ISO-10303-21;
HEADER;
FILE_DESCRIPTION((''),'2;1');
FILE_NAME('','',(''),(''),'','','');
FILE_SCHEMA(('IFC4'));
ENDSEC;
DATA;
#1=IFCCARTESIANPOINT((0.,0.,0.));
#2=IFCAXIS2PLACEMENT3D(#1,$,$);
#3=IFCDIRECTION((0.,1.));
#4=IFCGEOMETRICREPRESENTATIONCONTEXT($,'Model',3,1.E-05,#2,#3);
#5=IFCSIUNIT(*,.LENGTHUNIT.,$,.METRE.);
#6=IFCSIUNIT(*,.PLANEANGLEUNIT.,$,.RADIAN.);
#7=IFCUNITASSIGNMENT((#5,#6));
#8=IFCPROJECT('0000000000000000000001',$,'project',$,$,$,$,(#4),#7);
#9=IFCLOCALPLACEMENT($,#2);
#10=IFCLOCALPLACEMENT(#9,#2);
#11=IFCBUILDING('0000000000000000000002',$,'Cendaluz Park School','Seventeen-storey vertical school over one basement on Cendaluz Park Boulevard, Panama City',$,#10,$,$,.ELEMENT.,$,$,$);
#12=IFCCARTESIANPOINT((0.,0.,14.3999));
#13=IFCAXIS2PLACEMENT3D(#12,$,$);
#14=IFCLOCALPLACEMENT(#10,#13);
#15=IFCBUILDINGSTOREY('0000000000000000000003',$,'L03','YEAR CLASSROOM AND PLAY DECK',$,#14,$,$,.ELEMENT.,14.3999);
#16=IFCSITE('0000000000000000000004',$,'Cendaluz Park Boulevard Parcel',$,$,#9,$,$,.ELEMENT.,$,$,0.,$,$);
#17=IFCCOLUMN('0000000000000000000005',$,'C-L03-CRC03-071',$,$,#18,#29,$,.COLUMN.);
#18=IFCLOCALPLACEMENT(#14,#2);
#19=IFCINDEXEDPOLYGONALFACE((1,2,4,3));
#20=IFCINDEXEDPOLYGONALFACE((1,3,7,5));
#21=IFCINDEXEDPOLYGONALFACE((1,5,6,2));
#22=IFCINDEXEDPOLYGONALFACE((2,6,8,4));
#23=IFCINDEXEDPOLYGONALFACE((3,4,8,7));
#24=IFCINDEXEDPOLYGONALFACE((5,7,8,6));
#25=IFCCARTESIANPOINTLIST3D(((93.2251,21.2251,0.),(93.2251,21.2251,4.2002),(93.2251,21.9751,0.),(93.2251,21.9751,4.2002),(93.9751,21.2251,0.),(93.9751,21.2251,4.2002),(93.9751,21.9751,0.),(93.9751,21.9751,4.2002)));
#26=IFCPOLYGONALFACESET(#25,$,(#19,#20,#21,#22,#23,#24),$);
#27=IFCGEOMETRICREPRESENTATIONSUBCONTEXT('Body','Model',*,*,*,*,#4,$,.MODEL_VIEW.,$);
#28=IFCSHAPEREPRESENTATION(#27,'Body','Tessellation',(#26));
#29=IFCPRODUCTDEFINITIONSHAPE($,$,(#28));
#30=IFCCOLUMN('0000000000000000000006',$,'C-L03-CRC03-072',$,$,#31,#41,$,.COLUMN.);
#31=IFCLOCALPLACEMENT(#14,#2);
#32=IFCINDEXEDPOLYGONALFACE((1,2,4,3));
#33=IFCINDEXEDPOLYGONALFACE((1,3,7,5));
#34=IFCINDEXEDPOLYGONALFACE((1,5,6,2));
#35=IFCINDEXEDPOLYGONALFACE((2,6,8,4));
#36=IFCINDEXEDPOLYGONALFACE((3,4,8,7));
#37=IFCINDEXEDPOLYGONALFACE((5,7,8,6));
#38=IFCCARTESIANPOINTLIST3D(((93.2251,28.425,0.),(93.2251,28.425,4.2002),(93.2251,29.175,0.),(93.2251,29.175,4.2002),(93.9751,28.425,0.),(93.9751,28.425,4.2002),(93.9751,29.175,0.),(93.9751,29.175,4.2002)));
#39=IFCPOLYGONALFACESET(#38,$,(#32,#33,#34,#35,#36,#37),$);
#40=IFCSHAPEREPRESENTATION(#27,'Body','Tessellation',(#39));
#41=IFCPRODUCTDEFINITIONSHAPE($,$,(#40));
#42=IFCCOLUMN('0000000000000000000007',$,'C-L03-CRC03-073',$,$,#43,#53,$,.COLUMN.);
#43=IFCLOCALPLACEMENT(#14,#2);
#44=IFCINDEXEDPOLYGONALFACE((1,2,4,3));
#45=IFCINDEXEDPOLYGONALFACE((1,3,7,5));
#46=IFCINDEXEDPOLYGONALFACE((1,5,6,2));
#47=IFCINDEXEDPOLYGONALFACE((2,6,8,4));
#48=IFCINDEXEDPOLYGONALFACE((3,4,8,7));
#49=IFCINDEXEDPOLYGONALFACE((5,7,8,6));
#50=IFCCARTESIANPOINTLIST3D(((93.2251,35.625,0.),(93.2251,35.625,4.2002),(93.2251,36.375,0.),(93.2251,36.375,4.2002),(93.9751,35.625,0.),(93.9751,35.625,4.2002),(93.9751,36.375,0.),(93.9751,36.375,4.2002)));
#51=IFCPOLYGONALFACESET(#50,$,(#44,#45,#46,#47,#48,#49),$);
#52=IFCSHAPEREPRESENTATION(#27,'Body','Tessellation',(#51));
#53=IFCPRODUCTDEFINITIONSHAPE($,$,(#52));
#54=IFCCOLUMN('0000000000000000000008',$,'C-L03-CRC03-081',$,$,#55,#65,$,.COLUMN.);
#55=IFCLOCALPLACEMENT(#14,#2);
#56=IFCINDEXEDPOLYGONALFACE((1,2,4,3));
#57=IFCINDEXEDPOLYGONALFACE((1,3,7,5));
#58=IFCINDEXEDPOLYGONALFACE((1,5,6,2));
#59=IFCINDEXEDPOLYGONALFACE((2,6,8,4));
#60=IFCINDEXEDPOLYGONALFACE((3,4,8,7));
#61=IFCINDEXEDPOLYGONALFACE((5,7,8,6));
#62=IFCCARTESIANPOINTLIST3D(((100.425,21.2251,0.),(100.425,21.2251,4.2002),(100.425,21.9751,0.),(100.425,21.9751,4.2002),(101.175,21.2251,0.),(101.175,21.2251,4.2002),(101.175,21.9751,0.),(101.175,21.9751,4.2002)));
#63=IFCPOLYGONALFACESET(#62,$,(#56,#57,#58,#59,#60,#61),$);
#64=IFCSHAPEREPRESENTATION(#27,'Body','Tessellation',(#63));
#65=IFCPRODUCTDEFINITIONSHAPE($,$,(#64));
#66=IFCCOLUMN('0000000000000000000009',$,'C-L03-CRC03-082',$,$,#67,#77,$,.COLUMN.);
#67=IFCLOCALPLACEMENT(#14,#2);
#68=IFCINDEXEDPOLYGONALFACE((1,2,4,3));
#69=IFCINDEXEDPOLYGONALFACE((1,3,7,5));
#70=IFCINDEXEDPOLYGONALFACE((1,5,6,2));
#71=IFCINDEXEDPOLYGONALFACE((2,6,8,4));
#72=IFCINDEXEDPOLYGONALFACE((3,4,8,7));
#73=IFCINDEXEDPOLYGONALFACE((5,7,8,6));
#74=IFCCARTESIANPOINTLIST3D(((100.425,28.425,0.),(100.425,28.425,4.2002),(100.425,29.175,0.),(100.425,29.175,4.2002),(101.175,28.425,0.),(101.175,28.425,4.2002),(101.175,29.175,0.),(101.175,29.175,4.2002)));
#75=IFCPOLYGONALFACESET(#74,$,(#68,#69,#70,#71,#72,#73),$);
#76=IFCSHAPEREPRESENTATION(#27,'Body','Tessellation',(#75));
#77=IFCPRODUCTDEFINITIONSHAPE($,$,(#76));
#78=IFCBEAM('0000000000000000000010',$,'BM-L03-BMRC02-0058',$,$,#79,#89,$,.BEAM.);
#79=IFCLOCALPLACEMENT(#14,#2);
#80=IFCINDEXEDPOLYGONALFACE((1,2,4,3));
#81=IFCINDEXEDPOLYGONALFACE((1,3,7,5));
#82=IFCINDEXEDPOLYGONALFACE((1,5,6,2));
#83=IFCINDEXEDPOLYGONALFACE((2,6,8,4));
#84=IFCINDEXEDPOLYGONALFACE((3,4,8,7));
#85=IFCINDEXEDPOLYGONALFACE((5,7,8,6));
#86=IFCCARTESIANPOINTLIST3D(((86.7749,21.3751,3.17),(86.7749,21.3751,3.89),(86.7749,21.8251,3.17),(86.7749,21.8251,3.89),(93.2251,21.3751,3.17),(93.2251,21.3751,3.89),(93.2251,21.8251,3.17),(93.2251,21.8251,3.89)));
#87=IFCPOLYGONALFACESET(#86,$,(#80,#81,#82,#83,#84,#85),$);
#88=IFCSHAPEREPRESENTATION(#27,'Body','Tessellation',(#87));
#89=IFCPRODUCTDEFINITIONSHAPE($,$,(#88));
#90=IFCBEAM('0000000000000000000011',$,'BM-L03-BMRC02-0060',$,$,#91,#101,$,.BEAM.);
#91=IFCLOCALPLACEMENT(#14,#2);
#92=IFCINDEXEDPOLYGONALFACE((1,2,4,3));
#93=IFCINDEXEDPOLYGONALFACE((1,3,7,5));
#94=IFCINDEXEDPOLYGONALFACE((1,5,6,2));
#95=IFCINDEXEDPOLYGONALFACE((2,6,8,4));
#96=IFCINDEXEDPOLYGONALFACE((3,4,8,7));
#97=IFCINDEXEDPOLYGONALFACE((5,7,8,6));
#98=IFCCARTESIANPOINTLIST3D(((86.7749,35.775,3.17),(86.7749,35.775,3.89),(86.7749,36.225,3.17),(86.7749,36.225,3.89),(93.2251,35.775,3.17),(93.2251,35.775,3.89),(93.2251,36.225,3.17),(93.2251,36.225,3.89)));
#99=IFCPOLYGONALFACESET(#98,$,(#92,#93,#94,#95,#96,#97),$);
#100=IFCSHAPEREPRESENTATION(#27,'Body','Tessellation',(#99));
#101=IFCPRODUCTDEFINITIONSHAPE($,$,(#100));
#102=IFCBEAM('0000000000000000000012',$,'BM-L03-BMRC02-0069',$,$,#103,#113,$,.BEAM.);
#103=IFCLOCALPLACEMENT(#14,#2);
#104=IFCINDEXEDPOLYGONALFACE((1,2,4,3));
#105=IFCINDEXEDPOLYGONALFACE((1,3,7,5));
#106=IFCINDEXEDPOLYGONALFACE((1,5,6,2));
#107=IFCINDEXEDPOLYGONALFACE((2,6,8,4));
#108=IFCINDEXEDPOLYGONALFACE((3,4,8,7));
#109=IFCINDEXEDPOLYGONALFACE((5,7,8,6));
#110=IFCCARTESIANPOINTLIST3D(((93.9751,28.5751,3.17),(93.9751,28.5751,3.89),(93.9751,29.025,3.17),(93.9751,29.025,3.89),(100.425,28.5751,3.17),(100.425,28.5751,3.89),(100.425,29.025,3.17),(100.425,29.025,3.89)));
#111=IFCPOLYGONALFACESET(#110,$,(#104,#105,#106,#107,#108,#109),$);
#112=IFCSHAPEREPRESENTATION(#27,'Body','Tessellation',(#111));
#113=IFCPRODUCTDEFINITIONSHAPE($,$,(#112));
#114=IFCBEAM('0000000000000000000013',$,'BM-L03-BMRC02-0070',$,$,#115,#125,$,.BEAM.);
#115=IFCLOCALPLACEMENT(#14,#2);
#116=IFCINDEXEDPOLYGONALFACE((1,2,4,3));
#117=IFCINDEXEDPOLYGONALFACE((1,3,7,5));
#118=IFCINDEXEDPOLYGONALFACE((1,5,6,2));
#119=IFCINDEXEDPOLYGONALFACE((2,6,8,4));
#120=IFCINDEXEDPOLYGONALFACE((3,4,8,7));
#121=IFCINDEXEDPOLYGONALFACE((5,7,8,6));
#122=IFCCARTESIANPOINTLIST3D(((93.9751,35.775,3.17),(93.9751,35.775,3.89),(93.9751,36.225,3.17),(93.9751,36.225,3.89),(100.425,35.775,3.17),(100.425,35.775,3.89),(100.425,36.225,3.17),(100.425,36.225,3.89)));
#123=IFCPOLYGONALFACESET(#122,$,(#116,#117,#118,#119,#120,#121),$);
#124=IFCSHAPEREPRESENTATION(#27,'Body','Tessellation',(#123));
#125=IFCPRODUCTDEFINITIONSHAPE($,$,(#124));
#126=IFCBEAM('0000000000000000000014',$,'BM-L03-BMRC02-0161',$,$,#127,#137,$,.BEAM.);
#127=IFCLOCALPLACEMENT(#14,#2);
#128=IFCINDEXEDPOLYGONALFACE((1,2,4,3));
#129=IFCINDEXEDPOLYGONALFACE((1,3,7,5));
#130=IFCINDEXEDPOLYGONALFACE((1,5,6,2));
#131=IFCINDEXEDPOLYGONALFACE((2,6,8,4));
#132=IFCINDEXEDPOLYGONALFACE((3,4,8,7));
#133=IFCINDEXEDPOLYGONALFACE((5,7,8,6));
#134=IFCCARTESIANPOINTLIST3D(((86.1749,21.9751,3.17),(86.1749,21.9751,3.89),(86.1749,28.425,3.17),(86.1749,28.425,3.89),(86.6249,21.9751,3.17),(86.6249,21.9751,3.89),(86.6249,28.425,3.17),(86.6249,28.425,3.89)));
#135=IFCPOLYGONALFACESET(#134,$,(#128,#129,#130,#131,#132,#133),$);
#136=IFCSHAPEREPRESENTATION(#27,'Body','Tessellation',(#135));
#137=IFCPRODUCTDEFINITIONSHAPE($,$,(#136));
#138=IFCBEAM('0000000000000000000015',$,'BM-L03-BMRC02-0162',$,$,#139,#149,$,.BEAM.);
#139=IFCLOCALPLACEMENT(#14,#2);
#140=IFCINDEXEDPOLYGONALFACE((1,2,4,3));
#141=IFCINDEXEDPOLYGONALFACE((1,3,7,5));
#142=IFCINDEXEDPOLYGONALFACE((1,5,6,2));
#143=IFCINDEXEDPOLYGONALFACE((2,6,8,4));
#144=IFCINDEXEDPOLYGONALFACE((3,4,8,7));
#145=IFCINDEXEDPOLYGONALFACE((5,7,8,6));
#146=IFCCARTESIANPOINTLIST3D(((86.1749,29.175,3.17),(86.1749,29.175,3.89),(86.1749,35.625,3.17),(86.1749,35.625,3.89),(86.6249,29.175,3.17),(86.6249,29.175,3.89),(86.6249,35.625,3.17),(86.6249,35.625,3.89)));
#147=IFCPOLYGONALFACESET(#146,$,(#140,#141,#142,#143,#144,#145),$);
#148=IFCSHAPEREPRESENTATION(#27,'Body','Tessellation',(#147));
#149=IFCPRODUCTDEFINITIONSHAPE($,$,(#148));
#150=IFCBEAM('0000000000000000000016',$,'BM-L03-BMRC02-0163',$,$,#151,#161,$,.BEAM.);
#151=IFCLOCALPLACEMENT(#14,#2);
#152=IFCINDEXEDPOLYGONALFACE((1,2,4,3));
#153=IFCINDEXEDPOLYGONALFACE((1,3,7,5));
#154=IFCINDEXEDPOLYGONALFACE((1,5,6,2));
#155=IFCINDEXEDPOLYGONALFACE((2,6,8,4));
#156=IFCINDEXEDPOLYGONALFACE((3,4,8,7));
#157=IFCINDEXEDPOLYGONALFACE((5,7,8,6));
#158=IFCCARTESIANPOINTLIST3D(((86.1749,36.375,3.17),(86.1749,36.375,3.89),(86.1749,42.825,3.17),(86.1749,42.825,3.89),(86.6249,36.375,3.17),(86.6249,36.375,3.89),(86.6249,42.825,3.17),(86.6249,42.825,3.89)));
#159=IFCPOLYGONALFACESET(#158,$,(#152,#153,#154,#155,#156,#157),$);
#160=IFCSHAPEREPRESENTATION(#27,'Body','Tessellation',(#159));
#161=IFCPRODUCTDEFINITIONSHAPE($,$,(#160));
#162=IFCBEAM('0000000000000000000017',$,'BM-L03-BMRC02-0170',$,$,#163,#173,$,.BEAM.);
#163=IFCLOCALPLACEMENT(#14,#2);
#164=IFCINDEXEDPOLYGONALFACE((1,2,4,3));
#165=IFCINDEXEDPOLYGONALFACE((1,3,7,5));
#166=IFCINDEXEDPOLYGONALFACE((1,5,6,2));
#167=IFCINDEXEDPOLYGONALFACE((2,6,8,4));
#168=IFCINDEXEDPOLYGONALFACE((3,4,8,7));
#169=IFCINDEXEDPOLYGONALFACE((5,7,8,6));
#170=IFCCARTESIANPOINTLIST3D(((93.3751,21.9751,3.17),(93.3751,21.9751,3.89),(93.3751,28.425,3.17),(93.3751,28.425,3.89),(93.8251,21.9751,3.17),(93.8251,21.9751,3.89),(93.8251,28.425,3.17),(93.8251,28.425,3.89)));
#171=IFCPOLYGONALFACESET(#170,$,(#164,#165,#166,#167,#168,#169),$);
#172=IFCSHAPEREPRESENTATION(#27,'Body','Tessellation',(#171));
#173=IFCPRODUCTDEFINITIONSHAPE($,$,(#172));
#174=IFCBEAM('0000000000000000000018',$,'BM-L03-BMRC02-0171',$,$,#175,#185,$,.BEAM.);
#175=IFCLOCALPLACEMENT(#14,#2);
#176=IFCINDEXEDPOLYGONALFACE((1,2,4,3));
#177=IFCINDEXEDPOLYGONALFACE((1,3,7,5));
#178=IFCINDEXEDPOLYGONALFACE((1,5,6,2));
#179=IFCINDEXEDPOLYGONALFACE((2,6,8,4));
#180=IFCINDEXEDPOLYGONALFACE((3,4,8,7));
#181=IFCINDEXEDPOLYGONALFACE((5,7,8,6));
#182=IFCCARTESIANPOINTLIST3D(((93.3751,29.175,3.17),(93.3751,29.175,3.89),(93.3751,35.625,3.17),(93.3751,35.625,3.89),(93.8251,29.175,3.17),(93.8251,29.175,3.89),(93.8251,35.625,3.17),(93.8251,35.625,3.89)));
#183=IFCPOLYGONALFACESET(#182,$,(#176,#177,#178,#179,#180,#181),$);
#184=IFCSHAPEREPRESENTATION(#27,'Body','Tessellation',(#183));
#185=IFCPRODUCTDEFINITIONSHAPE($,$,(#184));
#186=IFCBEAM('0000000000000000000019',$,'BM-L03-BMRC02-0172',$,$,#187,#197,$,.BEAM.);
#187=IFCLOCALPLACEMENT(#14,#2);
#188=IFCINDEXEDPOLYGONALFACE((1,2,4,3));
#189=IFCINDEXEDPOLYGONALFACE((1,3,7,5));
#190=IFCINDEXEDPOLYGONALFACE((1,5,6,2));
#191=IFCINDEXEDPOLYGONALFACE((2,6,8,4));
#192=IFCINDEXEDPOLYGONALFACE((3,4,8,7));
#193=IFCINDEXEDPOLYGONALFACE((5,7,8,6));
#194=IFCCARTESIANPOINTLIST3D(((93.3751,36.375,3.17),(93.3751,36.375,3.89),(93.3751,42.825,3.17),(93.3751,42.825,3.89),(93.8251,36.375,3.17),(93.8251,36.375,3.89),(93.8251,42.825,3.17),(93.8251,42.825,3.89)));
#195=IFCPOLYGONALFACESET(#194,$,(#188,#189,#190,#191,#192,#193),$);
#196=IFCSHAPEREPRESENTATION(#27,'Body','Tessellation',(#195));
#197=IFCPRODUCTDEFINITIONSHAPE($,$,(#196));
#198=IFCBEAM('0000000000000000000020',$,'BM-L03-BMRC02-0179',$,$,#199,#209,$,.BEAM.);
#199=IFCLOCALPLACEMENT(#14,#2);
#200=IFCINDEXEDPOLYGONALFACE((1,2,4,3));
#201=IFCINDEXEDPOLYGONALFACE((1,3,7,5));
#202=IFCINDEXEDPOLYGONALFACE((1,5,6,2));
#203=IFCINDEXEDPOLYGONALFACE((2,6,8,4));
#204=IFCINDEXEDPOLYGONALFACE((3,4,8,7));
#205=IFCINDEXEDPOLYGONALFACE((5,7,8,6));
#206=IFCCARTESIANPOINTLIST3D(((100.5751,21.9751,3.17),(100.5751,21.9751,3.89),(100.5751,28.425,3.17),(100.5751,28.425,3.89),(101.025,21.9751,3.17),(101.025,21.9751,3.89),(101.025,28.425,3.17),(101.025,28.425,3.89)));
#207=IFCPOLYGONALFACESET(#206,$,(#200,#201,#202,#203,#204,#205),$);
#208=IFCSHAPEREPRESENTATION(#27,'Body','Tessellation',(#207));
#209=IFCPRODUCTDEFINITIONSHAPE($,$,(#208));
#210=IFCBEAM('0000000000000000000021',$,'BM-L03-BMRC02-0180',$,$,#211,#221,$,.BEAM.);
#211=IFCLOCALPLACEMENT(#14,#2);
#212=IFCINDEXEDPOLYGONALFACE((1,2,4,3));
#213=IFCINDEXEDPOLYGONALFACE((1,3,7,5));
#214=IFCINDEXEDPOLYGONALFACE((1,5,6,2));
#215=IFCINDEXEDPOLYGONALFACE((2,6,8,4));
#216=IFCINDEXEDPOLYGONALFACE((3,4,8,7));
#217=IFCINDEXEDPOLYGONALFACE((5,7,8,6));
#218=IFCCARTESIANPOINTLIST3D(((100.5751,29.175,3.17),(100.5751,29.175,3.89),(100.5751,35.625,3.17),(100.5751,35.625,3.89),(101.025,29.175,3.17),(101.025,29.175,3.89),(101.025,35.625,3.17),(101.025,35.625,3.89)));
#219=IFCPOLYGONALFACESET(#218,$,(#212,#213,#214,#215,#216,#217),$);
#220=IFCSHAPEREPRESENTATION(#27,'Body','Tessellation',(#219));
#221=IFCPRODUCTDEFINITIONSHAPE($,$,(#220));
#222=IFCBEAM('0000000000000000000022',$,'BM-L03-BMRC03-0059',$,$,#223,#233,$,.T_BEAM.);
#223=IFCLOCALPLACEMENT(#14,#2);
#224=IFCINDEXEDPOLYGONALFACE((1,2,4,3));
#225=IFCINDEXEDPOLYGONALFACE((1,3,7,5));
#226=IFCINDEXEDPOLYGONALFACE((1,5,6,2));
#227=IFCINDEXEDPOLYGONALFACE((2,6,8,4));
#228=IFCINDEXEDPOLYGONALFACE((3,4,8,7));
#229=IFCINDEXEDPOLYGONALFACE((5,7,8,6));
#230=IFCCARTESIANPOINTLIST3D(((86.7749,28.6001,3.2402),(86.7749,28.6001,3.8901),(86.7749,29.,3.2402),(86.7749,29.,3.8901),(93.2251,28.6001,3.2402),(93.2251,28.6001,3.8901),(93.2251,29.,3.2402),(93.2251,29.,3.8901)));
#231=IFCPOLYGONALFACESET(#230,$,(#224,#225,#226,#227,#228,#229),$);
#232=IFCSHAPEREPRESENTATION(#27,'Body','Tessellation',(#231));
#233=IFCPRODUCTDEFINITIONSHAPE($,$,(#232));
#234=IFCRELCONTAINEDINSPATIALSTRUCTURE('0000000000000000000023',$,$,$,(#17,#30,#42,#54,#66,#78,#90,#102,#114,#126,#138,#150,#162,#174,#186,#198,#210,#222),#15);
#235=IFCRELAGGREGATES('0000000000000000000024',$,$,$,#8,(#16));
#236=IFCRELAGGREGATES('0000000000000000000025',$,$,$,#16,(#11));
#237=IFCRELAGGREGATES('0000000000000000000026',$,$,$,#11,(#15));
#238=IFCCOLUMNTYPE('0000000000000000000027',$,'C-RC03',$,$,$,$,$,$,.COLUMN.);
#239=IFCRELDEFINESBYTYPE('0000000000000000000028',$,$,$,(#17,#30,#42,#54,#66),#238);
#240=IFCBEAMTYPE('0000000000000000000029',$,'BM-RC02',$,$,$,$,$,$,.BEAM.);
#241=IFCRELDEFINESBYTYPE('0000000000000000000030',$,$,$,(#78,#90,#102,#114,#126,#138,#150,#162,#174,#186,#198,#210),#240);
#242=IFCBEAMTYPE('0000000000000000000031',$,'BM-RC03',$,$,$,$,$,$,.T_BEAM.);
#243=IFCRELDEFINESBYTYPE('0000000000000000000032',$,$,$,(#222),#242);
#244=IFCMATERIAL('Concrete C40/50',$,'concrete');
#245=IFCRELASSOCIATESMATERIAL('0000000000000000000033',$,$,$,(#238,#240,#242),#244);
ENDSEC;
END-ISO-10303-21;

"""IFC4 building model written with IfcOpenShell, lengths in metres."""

from ifc_helpers import new_model, si_unit, direction, frame, origin, origin_2d, place, context, subcontext, project, spatial, rectangle, extrude, material, material_profile, profile_set, type_object, element, save


model = new_model("IFC4")

# Units and contexts
model_context = context("Model", 3, precision=1e-05, world=origin(), true_north=direction((0.0, 1.0)))
body_context = subcontext(model_context, "Body", "Model", "MODEL_VIEW")
ifc_project = project(units=[si_unit("LENGTHUNIT", "METRE"), si_unit("PLANEANGLEUNIT", "RADIAN")], contexts=[model_context])

# Site, building, storey
site_placement = place(None, origin())
site = spatial("IfcSite", under=ifc_project, at=site_placement, Name="Cendaluz Park Boulevard Parcel", CompositionType="ELEMENT", RefElevation=0.0)
building_placement = place(site_placement, origin())
building = spatial("IfcBuilding", under=site, at=building_placement, Name="Cendaluz Park School", Description="Seventeen-storey vertical school over one basement on Cendaluz Park Boulevard, Panama City", CompositionType="ELEMENT")
storey_placement = place(building_placement, frame((0.0, 0.0, 14.3999)))
storey = spatial("IfcBuildingStorey", under=building, at=storey_placement, Name="L03", Description="YEAR CLASSROOM AND PLAY DECK", CompositionType="ELEMENT", Elevation=14.3999)

# Columns
ifc_material_1 = material(Name="Concrete C40/50", Category="concrete")
ifc_material_profile_1 = material_profile(ifc_material_1, rectangle(XDim=0.75, YDim=0.75, at=origin_2d()), Name="RC 750x750", Category="concrete")
ifc_profile_set_1 = profile_set([ifc_material_profile_1], Name="Concrete C40/50")
column_type = type_object("IfcColumnType", Name="C-RC03", PredefinedType="COLUMN", material=ifc_profile_set_1)
for number, where, z_axis, x_axis, name in (
    (1, (93.6001, 21.6001, 0.0), (0.0, 0.0, 1.0), (1.0, 0.0, 0.0), "C-L03-CRC03-071"),
    (2, (93.6001, 28.8, 0.0), (0.0, 0.0, 1.0), (1.0, 0.0, 0.0), "C-L03-CRC03-072"),
    (3, (93.6001, 36.0, 0.0), (0.0, 0.0, 1.0), (1.0, 0.0, 0.0), "C-L03-CRC03-073"),
    (4, (100.8, 21.6001, 0.0), (0.0, 0.0, 1.0), (1.0, 0.0, 0.0), "C-L03-CRC03-081"),
    (5, (100.8, 28.8, 0.0), (0.0, 0.0, 1.0), (1.0, 0.0, 0.0), "C-L03-CRC03-082"),
):
    element("IfcColumn", number, at=place(storey_placement, frame(where, z_axis=z_axis, x_axis=x_axis)), inside=storey, type_object=column_type, Name=name, PredefinedType="COLUMN", context=body_context, shape_type="SweptSolid", body=[
        extrude(rectangle(XDim=0.75, YDim=0.75, at=origin_2d()), origin(), (0.0, 0.0, 1.0), 4.2002),
    ])

# Beams
ifc_material_profile_2 = material_profile(ifc_material_1, rectangle(XDim=0.45, YDim=0.72, at=origin_2d()), Name="RC 450x720", Category="concrete")
ifc_profile_set_2 = profile_set([ifc_material_profile_2], Name="Concrete C40/50")
beam_type_1 = type_object("IfcBeamType", Name="BM-RC02", PredefinedType="BEAM", material=ifc_profile_set_2)
for number, where, z_axis, x_axis, name in (
    (6, (86.7749, 21.6001, 3.53), (1.0, 0.0, 0.0), (0.0, 1.0, 0.0), "BM-L03-BMRC02-0058"),
    (7, (86.7749, 36.0, 3.53), (1.0, 0.0, 0.0), (0.0, 1.0, 0.0), "BM-L03-BMRC02-0060"),
):
    element("IfcBeam", number, at=place(storey_placement, frame(where, z_axis=z_axis, x_axis=x_axis)), inside=storey, type_object=beam_type_1, Name=name, PredefinedType="BEAM", context=body_context, shape_type="SweptSolid", body=[
        extrude(rectangle(XDim=0.45, YDim=0.72, at=origin_2d()), origin(), (0.0, 0.0, 1.0), 6.4502),
    ])
for number, where, z_axis, x_axis, name in (
    (8, (93.9751, 28.8, 3.53), (1.0, 0.0, 0.0), (0.0, 1.0, 0.0), "BM-L03-BMRC02-0069"),
    (9, (93.9751, 36.0, 3.53), (1.0, 0.0, 0.0), (0.0, 1.0, 0.0), "BM-L03-BMRC02-0070"),
    (10, (86.3999, 21.9751, 3.53), (0.0, 1.0, 0.0), (-1.0, 0.0, 0.0), "BM-L03-BMRC02-0161"),
    (11, (86.3999, 29.175, 3.53), (0.0, 1.0, 0.0), (-1.0, 0.0, 0.0), "BM-L03-BMRC02-0162"),
    (12, (86.3999, 36.375, 3.53), (0.0, 1.0, 0.0), (-1.0, 0.0, 0.0), "BM-L03-BMRC02-0163"),
    (13, (93.6001, 21.9751, 3.53), (0.0, 1.0, 0.0), (-1.0, 0.0, 0.0), "BM-L03-BMRC02-0170"),
    (14, (93.6001, 29.175, 3.53), (0.0, 1.0, 0.0), (-1.0, 0.0, 0.0), "BM-L03-BMRC02-0171"),
    (15, (93.6001, 36.375, 3.53), (0.0, 1.0, 0.0), (-1.0, 0.0, 0.0), "BM-L03-BMRC02-0172"),
    (16, (100.8, 21.9751, 3.53), (0.0, 1.0, 0.0), (-1.0, 0.0, 0.0), "BM-L03-BMRC02-0179"),
    (17, (100.8, 29.175, 3.53), (0.0, 1.0, 0.0), (-1.0, 0.0, 0.0), "BM-L03-BMRC02-0180"),
):
    element("IfcBeam", number, at=place(storey_placement, frame(where, z_axis=z_axis, x_axis=x_axis)), inside=storey, type_object=beam_type_1, Name=name, PredefinedType="BEAM", context=body_context, shape_type="SweptSolid", body=[
        extrude(rectangle(XDim=0.45, YDim=0.72, at=origin_2d()), origin(), (0.0, 0.0, 1.0), 6.45),
    ])
ifc_material_profile_3 = material_profile(ifc_material_1, rectangle(XDim=0.3999, YDim=0.6499, at=origin_2d()), Name="RC 400x650", Category="concrete")
ifc_profile_set_3 = profile_set([ifc_material_profile_3], Name="Concrete C40/50")
beam_type_2 = type_object("IfcBeamType", Name="BM-RC03", PredefinedType="T_BEAM", material=ifc_profile_set_3)
beam_1_placement = place(storey_placement, frame((86.7749, 28.8, 3.5652), z_axis=(1.0, 0.0, 0.0), x_axis=(0.0, 1.0, 0.0)))
element("IfcBeam", 18, at=beam_1_placement, inside=storey, type_object=beam_type_2, Name="BM-L03-BMRC03-0059", PredefinedType="T_BEAM", context=body_context, shape_type="SweptSolid", body=[
    extrude(rectangle(XDim=0.3999, YDim=0.6499, at=origin_2d()), origin(), (0.0, 0.0, 1.0), 6.4502),
])

save(model, "model.ifc")
